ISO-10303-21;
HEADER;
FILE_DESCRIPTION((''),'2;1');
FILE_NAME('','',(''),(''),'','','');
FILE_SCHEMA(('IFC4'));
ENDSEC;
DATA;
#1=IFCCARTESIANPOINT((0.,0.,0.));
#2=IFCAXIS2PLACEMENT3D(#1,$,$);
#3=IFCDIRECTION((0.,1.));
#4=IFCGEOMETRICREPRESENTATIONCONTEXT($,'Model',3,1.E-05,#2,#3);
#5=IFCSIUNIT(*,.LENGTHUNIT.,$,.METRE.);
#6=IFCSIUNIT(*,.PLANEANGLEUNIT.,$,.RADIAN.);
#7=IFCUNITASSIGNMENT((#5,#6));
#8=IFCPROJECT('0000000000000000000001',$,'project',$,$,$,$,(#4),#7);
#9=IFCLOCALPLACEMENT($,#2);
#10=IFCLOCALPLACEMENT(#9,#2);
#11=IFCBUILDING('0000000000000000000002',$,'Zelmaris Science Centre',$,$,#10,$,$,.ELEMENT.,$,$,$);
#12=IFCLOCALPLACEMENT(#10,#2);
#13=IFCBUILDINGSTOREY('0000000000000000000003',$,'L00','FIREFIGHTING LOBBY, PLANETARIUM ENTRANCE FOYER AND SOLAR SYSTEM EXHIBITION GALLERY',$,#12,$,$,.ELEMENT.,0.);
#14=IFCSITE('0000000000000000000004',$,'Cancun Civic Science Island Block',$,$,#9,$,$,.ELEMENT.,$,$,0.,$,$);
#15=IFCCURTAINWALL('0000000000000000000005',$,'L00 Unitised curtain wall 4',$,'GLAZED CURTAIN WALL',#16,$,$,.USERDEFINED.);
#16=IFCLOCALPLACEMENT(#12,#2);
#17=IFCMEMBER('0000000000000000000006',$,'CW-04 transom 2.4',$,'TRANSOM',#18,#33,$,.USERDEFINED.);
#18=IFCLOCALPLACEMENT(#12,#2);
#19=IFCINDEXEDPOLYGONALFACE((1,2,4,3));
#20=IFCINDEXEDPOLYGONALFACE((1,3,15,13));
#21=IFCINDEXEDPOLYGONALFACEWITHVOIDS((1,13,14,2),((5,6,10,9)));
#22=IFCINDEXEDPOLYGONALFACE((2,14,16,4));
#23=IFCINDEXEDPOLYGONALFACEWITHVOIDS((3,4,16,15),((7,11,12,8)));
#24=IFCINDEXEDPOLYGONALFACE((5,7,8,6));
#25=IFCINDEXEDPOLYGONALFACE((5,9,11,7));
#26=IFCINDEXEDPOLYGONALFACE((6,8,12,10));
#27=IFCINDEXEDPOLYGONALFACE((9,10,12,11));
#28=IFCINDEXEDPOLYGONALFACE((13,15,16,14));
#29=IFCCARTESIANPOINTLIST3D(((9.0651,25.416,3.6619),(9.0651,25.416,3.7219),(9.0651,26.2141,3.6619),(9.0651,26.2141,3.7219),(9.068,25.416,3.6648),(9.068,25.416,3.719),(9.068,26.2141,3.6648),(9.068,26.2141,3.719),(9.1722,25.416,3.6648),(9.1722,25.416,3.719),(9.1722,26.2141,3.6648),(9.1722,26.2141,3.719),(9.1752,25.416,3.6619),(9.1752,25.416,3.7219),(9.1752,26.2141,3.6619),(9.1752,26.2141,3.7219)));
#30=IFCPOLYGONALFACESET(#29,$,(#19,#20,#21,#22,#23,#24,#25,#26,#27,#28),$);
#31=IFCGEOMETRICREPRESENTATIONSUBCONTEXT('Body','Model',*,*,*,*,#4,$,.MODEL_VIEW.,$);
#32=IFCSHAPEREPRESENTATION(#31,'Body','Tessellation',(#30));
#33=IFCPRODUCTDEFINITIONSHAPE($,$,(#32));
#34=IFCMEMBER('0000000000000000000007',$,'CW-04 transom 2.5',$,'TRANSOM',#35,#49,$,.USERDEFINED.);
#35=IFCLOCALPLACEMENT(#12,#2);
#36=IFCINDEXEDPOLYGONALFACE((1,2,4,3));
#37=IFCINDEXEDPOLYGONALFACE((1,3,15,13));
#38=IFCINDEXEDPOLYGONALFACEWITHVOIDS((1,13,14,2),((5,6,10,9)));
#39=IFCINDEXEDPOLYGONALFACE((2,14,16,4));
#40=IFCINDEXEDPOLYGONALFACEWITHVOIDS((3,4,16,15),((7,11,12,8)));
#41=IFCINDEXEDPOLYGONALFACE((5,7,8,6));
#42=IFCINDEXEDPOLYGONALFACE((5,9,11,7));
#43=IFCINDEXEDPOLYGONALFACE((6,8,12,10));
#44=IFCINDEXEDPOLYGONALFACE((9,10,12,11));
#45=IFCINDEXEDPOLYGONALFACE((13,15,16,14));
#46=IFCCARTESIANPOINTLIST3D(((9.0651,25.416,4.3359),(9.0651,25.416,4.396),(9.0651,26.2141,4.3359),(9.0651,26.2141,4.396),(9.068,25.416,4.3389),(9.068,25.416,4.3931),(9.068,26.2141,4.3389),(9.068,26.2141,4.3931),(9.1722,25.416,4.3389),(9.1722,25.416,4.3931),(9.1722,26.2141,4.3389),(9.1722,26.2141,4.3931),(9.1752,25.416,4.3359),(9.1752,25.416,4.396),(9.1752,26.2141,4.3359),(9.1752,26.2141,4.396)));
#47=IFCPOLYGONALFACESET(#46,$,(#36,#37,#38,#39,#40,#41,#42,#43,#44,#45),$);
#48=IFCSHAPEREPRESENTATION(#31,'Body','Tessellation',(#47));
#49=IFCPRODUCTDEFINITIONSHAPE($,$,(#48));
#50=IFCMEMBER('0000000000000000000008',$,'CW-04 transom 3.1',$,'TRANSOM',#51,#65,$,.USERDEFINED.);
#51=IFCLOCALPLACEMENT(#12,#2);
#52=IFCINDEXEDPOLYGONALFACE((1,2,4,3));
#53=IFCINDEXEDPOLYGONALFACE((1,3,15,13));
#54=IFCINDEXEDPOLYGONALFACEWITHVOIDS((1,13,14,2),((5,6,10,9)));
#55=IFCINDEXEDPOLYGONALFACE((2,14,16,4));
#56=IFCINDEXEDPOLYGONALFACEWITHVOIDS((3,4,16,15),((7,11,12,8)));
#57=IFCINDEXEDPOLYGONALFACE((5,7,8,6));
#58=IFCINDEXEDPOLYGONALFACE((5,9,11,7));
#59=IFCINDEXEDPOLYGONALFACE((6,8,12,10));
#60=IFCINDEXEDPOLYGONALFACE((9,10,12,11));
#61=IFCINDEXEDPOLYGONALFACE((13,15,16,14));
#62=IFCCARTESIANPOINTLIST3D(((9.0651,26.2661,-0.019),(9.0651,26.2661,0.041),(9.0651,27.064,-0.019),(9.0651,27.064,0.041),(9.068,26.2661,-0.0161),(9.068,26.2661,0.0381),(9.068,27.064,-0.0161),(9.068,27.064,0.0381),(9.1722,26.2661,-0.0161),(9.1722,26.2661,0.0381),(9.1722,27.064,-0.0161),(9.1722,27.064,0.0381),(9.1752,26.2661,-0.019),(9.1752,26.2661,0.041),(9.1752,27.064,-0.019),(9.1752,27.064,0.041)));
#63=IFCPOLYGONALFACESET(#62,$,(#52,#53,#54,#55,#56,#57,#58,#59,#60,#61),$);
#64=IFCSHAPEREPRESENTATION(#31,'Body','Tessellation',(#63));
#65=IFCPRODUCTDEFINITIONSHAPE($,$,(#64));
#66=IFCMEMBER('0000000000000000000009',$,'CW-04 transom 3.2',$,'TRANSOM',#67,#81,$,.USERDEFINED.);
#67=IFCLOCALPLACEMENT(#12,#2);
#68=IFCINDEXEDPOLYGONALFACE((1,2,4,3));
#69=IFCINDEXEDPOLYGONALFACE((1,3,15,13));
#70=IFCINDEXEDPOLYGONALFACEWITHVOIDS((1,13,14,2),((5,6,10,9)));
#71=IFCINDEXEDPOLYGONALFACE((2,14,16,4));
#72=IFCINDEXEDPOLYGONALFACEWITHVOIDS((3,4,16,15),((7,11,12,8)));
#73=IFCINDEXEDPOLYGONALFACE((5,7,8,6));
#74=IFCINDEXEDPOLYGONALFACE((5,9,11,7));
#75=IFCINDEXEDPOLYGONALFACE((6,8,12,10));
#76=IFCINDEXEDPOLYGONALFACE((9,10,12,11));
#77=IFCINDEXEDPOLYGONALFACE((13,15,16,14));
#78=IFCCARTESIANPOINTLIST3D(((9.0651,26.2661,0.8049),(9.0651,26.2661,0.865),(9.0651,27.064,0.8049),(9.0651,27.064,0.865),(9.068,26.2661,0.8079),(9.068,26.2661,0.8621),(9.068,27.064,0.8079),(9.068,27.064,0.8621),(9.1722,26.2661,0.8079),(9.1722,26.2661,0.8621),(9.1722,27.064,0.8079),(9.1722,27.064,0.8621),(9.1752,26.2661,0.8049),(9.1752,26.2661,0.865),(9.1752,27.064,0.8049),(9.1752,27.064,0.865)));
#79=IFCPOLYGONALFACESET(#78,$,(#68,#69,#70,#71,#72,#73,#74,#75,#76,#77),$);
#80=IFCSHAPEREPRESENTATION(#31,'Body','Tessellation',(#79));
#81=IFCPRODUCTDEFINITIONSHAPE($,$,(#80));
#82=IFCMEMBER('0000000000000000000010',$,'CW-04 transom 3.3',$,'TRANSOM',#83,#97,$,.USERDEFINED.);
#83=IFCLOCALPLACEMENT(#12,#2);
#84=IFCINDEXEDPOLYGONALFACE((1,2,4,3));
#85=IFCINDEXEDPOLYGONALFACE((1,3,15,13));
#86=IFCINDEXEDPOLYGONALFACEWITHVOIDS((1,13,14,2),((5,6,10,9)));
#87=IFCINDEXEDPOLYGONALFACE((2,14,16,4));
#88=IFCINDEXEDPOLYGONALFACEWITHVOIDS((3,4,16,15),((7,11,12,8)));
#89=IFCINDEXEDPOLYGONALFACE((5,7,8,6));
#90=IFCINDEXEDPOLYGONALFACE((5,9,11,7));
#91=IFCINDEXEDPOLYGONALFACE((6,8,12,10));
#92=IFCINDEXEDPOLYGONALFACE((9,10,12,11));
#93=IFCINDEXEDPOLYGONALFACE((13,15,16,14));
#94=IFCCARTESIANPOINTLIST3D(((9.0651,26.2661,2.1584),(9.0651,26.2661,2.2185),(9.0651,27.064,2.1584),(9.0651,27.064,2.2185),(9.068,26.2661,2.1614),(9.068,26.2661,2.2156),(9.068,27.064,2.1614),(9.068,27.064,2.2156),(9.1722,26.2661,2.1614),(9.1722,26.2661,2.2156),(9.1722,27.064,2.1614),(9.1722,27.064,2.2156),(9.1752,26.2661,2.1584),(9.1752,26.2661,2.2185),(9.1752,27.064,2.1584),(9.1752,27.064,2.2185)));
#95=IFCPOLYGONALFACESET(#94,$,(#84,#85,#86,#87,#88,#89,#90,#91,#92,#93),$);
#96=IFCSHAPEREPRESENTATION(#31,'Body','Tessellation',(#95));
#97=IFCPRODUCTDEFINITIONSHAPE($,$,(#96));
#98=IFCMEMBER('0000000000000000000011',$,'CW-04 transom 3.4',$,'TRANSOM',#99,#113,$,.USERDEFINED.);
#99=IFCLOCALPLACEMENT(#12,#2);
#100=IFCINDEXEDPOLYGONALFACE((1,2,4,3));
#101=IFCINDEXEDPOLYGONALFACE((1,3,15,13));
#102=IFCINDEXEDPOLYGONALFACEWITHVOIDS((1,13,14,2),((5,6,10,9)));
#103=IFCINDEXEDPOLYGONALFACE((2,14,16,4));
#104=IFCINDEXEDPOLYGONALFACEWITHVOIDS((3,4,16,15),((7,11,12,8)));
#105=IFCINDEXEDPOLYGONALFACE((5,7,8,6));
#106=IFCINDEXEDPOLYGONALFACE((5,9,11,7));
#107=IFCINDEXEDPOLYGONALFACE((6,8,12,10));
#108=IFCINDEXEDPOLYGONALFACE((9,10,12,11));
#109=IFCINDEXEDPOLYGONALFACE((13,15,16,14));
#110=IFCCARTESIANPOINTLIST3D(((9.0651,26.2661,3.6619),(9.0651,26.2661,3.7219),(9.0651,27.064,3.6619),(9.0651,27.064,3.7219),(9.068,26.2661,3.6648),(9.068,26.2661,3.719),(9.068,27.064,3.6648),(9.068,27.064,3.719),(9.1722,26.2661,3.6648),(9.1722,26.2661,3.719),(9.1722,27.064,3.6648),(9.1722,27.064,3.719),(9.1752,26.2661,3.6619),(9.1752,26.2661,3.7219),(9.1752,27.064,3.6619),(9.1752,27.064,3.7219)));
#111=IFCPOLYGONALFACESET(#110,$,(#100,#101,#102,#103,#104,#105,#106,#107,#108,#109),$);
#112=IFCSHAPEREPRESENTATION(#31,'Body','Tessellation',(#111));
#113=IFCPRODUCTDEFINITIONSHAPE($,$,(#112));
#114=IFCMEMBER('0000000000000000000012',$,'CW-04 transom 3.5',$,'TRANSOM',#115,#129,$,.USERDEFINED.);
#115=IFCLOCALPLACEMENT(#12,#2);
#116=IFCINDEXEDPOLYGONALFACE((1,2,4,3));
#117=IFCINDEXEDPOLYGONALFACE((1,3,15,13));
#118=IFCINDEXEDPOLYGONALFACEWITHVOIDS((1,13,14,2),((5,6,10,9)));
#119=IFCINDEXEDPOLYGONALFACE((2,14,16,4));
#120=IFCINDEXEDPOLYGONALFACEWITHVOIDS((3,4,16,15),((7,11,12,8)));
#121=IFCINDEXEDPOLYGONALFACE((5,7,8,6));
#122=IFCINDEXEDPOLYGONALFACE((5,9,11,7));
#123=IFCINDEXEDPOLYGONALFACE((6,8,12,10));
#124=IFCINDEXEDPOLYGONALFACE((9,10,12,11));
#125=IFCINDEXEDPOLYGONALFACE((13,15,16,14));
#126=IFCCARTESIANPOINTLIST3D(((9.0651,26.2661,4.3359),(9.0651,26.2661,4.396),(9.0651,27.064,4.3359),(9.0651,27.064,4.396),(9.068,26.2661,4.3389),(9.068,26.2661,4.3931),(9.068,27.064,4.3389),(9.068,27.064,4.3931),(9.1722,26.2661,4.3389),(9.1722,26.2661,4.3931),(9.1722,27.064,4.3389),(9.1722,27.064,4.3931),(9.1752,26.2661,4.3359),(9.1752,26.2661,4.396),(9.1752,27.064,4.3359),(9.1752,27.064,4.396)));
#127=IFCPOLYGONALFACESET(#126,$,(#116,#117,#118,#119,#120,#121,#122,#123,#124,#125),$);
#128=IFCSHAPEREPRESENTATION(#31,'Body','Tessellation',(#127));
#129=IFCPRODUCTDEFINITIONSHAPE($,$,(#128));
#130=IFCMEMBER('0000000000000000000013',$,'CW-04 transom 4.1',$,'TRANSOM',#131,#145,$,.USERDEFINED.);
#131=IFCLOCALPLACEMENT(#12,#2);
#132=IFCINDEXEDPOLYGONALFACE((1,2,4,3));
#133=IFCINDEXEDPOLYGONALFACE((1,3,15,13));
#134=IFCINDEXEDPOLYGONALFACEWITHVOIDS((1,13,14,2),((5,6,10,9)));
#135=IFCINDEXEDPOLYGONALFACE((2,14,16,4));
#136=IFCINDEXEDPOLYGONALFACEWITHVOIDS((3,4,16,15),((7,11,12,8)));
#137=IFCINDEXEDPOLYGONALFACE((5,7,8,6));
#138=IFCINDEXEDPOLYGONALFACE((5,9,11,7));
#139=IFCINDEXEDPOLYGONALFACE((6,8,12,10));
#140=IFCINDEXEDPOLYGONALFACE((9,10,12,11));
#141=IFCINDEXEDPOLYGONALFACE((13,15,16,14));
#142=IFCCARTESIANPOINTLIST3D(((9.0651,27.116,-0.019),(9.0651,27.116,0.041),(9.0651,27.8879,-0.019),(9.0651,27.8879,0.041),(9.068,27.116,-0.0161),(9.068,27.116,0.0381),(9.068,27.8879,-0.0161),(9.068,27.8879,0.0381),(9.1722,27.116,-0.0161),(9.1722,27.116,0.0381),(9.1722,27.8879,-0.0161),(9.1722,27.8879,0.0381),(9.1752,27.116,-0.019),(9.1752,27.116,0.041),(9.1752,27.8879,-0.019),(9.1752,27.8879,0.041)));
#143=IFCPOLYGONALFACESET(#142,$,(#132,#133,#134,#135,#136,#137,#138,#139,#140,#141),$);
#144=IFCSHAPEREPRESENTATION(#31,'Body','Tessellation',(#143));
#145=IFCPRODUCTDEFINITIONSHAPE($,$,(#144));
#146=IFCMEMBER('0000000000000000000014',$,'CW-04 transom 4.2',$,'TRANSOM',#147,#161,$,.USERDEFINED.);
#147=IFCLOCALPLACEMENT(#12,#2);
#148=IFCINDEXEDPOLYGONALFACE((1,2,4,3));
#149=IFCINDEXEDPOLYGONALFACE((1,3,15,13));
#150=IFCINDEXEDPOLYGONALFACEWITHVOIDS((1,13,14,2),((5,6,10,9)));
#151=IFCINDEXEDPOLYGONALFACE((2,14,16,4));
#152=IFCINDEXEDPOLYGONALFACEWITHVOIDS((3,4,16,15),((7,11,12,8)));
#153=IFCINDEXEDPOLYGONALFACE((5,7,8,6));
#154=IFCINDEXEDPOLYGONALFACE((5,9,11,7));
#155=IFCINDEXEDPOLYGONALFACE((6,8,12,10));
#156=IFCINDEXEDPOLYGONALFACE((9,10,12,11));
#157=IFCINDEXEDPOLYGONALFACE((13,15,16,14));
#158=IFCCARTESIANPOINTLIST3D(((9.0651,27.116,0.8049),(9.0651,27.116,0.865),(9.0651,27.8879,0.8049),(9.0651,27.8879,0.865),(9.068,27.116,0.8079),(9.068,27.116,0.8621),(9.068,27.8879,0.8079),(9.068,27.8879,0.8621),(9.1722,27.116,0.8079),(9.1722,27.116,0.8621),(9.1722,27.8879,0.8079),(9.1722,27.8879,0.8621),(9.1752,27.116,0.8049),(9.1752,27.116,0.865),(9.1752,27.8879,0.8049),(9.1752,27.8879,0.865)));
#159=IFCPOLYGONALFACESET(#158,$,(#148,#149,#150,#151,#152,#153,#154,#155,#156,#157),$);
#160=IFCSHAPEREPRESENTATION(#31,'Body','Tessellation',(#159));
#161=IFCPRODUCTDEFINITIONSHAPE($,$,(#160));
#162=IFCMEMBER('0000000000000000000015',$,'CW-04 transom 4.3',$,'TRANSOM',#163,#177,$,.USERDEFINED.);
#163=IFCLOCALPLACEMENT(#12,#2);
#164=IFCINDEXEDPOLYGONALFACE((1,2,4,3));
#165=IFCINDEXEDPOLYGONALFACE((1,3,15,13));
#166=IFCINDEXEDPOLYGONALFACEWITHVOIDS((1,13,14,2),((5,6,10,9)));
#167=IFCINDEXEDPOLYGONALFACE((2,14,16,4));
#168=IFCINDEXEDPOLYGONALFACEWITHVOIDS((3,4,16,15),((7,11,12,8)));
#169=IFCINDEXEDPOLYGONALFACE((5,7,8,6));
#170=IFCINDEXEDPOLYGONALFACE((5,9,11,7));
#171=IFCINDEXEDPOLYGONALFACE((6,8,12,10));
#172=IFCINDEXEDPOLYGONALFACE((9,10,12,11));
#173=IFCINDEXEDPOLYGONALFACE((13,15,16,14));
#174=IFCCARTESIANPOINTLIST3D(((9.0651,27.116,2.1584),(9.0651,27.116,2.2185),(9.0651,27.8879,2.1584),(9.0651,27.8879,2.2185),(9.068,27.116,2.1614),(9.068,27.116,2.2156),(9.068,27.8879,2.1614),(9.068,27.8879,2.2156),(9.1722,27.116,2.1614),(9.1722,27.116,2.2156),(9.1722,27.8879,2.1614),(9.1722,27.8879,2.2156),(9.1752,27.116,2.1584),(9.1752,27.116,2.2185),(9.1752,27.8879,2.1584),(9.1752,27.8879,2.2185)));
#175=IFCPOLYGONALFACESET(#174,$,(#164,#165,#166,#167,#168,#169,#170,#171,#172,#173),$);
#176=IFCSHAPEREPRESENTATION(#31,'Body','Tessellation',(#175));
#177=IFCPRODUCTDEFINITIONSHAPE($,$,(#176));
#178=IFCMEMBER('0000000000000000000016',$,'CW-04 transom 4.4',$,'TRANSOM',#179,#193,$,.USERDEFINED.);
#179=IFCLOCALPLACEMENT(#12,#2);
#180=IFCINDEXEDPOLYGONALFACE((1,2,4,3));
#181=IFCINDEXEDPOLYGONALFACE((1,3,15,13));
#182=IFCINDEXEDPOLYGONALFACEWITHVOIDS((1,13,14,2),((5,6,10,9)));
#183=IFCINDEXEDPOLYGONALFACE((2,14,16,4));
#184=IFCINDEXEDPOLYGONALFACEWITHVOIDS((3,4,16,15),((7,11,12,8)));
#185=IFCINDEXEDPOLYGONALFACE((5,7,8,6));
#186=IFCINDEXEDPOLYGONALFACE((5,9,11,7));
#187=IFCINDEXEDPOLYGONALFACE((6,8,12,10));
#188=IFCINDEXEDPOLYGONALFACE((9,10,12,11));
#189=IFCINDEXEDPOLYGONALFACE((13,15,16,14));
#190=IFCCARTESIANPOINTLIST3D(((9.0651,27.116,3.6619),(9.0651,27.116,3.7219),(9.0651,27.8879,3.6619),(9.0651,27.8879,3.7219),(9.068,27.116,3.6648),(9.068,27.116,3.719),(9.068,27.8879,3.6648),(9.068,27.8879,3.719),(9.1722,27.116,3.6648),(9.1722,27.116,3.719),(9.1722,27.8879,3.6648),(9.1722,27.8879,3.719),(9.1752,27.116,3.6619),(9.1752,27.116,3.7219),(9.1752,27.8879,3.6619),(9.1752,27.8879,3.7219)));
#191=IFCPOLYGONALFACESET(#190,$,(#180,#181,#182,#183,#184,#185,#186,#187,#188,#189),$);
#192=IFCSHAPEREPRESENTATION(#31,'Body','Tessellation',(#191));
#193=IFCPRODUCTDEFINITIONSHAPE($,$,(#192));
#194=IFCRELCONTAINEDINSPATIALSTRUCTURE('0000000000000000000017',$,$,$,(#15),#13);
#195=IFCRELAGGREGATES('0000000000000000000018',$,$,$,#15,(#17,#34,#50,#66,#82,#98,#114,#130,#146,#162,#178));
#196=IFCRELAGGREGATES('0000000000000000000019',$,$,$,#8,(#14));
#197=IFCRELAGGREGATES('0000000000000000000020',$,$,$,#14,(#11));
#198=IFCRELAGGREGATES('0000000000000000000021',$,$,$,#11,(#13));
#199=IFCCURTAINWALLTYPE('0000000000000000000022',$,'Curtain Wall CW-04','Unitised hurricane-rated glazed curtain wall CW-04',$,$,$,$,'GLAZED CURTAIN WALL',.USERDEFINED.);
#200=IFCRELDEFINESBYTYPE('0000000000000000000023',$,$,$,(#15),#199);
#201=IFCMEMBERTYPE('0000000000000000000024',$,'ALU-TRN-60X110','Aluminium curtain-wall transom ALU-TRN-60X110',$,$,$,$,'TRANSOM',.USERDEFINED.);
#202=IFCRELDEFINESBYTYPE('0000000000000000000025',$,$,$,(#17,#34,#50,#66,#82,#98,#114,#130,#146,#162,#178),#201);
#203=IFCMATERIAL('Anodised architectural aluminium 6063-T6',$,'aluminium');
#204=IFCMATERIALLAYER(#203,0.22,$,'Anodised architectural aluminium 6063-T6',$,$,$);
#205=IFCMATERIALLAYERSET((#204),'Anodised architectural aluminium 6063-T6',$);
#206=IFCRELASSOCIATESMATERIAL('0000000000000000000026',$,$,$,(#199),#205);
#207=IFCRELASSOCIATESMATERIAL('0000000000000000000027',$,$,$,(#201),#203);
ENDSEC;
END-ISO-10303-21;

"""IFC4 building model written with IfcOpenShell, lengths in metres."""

from ifc_helpers import new_model, si_unit, direction, frame, origin, origin_2d, place, context, subcontext, project, spatial, hollow_rectangle, extrude, material, layer, layer_set, material_profile, profile_set, type_object, element, aggregate, save


model = new_model("IFC4")

# Units and contexts
model_context = context("Model", 3, precision=1e-05, world=origin(), true_north=direction((0.0, 1.0)))
body_context = subcontext(model_context, "Body", "Model", "MODEL_VIEW")
ifc_project = project(units=[si_unit("LENGTHUNIT", "METRE"), si_unit("PLANEANGLEUNIT", "RADIAN")], contexts=[model_context])

# Site, building, storey
site_placement = place(None, origin())
site = spatial("IfcSite", under=ifc_project, at=site_placement, Name="Cancun Civic Science Island Block", CompositionType="ELEMENT", RefElevation=0.0)
building_placement = place(site_placement, origin())
building = spatial("IfcBuilding", under=site, at=building_placement, Name="Zelmaris Science Centre", CompositionType="ELEMENT")
storey_placement = place(building_placement, origin())
storey = spatial("IfcBuildingStorey", under=building, at=storey_placement, Name="L00", Description="FIREFIGHTING LOBBY, PLANETARIUM ENTRANCE FOYER AND SOLAR SYSTEM EXHIBITION GALLERY", CompositionType="ELEMENT", Elevation=0.0)

# Curtain wall, members
ifc_material_1 = material(Name="Anodised architectural aluminium 6063-T6", Category="aluminium")
ifc_layer_1 = layer(ifc_material_1, 0.22, Name="Anodised architectural aluminium 6063-T6")
ifc_layer_set_1 = layer_set([ifc_layer_1], Name="Anodised architectural aluminium 6063-T6")
curtain_wall_type = type_object("IfcCurtainWallType", Name="Curtain Wall CW-04", Description="Unitised hurricane-rated glazed curtain wall CW-04", ElementType="GLAZED CURTAIN WALL", PredefinedType="USERDEFINED", material=ifc_layer_set_1)
curtain_wall_placement = place(storey_placement, origin())
curtain_wall = element("IfcCurtainWall", 1, at=curtain_wall_placement, inside=storey, type_object=curtain_wall_type, Name="L00 Unitised curtain wall 4", ObjectType="GLAZED CURTAIN WALL", PredefinedType="USERDEFINED")
ifc_material_profile_1 = material_profile(ifc_material_1, hollow_rectangle(XDim=0.0601, YDim=0.1101, WallThickness=0.0029, at=origin_2d()), Name="ALU-TRN-60X110")
ifc_profile_set_1 = profile_set([ifc_material_profile_1], Name="Anodised architectural aluminium 6063-T6")
member_type_1 = type_object("IfcMemberType", Name="ALU-TRN-60X110", Description="Aluminium curtain-wall transom ALU-TRN-60X110", ElementType="TRANSOM", PredefinedType="USERDEFINED", material=ifc_profile_set_1)
member_1_placement = place(storey_placement, frame((9.1201, 25.416, 3.6919), z_axis=(0.0, 1.0, 0.0), x_axis=(0.0, 0.0, 1.0)))
member_1 = element("IfcMember", 2, at=member_1_placement, type_object=member_type_1, Name="CW-04 transom 2.4", ObjectType="TRANSOM", PredefinedType="USERDEFINED", context=body_context, shape_type="SweptSolid", body=[
    extrude(hollow_rectangle(XDim=0.0601, YDim=0.1101, WallThickness=0.0029, at=origin_2d()), origin(), (0.0, 0.0, 1.0), 0.7981),
])
member_2_placement = place(storey_placement, frame((9.1201, 25.416, 4.366), z_axis=(0.0, 1.0, 0.0), x_axis=(0.0, 0.0, 1.0)))
member_2 = element("IfcMember", 3, at=member_2_placement, type_object=member_type_1, Name="CW-04 transom 2.5", ObjectType="TRANSOM", PredefinedType="USERDEFINED", context=body_context, shape_type="SweptSolid", body=[
    extrude(hollow_rectangle(XDim=0.0601, YDim=0.1101, WallThickness=0.0029, at=origin_2d()), origin(), (0.0, 0.0, 1.0), 0.7981),
])
member_3_placement = place(storey_placement, frame((9.1201, 26.2661, 0.011), z_axis=(0.0, 1.0, 0.0), x_axis=(0.0, 0.0, 1.0)))
member_3 = element("IfcMember", 4, at=member_3_placement, type_object=member_type_1, Name="CW-04 transom 3.1", ObjectType="TRANSOM", PredefinedType="USERDEFINED", context=body_context, shape_type="SweptSolid", body=[
    extrude(hollow_rectangle(XDim=0.0601, YDim=0.1101, WallThickness=0.0029, at=origin_2d()), origin(), (0.0, 0.0, 1.0), 0.7979),
])
member_4_placement = place(storey_placement, frame((9.1201, 26.2661, 0.835), z_axis=(0.0, 1.0, 0.0), x_axis=(0.0, 0.0, 1.0)))
member_4 = element("IfcMember", 5, at=member_4_placement, type_object=member_type_1, Name="CW-04 transom 3.2", ObjectType="TRANSOM", PredefinedType="USERDEFINED", context=body_context, shape_type="SweptSolid", body=[
    extrude(hollow_rectangle(XDim=0.0601, YDim=0.1101, WallThickness=0.0029, at=origin_2d()), origin(), (0.0, 0.0, 1.0), 0.7979),
])
member_5_placement = place(storey_placement, frame((9.1201, 26.2661, 2.1885), z_axis=(0.0, 1.0, 0.0), x_axis=(0.0, 0.0, 1.0)))
member_5 = element("IfcMember", 6, at=member_5_placement, type_object=member_type_1, Name="CW-04 transom 3.3", ObjectType="TRANSOM", PredefinedType="USERDEFINED", context=body_context, shape_type="SweptSolid", body=[
    extrude(hollow_rectangle(XDim=0.0601, YDim=0.1101, WallThickness=0.0029, at=origin_2d()), origin(), (0.0, 0.0, 1.0), 0.7979),
])
member_6_placement = place(storey_placement, frame((9.1201, 26.2661, 3.6919), z_axis=(0.0, 1.0, 0.0), x_axis=(0.0, 0.0, 1.0)))
member_6 = element("IfcMember", 7, at=member_6_placement, type_object=member_type_1, Name="CW-04 transom 3.4", ObjectType="TRANSOM", PredefinedType="USERDEFINED", context=body_context, shape_type="SweptSolid", body=[
    extrude(hollow_rectangle(XDim=0.0601, YDim=0.1101, WallThickness=0.0029, at=origin_2d()), origin(), (0.0, 0.0, 1.0), 0.7979),
])
member_7_placement = place(storey_placement, frame((9.1201, 26.2661, 4.366), z_axis=(0.0, 1.0, 0.0), x_axis=(0.0, 0.0, 1.0)))
member_7 = element("IfcMember", 8, at=member_7_placement, type_object=member_type_1, Name="CW-04 transom 3.5", ObjectType="TRANSOM", PredefinedType="USERDEFINED", context=body_context, shape_type="SweptSolid", body=[
    extrude(hollow_rectangle(XDim=0.0601, YDim=0.1101, WallThickness=0.0029, at=origin_2d()), origin(), (0.0, 0.0, 1.0), 0.7979),
])
member_8_placement = place(storey_placement, frame((9.1201, 27.116, 0.011), z_axis=(0.0, 1.0, 0.0), x_axis=(0.0, 0.0, 1.0)))
member_8 = element("IfcMember", 9, at=member_8_placement, type_object=member_type_1, Name="CW-04 transom 4.1", ObjectType="TRANSOM", PredefinedType="USERDEFINED", context=body_context, shape_type="SweptSolid", body=[
    extrude(hollow_rectangle(XDim=0.0601, YDim=0.1101, WallThickness=0.0029, at=origin_2d()), origin(), (0.0, 0.0, 1.0), 0.772),
])
member_9_placement = place(storey_placement, frame((9.1201, 27.116, 0.835), z_axis=(0.0, 1.0, 0.0), x_axis=(0.0, 0.0, 1.0)))
member_9 = element("IfcMember", 10, at=member_9_placement, type_object=member_type_1, Name="CW-04 transom 4.2", ObjectType="TRANSOM", PredefinedType="USERDEFINED", context=body_context, shape_type="SweptSolid", body=[
    extrude(hollow_rectangle(XDim=0.0601, YDim=0.1101, WallThickness=0.0029, at=origin_2d()), origin(), (0.0, 0.0, 1.0), 0.772),
])
member_10_placement = place(storey_placement, frame((9.1201, 27.116, 2.1885), z_axis=(0.0, 1.0, 0.0), x_axis=(0.0, 0.0, 1.0)))
member_10 = element("IfcMember", 11, at=member_10_placement, type_object=member_type_1, Name="CW-04 transom 4.3", ObjectType="TRANSOM", PredefinedType="USERDEFINED", context=body_context, shape_type="SweptSolid", body=[
    extrude(hollow_rectangle(XDim=0.0601, YDim=0.1101, WallThickness=0.0029, at=origin_2d()), origin(), (0.0, 0.0, 1.0), 0.772),
])
member_11_placement = place(storey_placement, frame((9.1201, 27.116, 3.6919), z_axis=(0.0, 1.0, 0.0), x_axis=(0.0, 0.0, 1.0)))
member_11 = element("IfcMember", 12, at=member_11_placement, type_object=member_type_1, Name="CW-04 transom 4.4", ObjectType="TRANSOM", PredefinedType="USERDEFINED", context=body_context, shape_type="SweptSolid", body=[
    extrude(hollow_rectangle(XDim=0.0601, YDim=0.1101, WallThickness=0.0029, at=origin_2d()), origin(), (0.0, 0.0, 1.0), 0.772),
])
aggregate(curtain_wall, [member_1, member_2, member_3, member_4, member_5, member_6, member_7, member_8, member_9, member_10, member_11])

save(model, "model.ifc")
